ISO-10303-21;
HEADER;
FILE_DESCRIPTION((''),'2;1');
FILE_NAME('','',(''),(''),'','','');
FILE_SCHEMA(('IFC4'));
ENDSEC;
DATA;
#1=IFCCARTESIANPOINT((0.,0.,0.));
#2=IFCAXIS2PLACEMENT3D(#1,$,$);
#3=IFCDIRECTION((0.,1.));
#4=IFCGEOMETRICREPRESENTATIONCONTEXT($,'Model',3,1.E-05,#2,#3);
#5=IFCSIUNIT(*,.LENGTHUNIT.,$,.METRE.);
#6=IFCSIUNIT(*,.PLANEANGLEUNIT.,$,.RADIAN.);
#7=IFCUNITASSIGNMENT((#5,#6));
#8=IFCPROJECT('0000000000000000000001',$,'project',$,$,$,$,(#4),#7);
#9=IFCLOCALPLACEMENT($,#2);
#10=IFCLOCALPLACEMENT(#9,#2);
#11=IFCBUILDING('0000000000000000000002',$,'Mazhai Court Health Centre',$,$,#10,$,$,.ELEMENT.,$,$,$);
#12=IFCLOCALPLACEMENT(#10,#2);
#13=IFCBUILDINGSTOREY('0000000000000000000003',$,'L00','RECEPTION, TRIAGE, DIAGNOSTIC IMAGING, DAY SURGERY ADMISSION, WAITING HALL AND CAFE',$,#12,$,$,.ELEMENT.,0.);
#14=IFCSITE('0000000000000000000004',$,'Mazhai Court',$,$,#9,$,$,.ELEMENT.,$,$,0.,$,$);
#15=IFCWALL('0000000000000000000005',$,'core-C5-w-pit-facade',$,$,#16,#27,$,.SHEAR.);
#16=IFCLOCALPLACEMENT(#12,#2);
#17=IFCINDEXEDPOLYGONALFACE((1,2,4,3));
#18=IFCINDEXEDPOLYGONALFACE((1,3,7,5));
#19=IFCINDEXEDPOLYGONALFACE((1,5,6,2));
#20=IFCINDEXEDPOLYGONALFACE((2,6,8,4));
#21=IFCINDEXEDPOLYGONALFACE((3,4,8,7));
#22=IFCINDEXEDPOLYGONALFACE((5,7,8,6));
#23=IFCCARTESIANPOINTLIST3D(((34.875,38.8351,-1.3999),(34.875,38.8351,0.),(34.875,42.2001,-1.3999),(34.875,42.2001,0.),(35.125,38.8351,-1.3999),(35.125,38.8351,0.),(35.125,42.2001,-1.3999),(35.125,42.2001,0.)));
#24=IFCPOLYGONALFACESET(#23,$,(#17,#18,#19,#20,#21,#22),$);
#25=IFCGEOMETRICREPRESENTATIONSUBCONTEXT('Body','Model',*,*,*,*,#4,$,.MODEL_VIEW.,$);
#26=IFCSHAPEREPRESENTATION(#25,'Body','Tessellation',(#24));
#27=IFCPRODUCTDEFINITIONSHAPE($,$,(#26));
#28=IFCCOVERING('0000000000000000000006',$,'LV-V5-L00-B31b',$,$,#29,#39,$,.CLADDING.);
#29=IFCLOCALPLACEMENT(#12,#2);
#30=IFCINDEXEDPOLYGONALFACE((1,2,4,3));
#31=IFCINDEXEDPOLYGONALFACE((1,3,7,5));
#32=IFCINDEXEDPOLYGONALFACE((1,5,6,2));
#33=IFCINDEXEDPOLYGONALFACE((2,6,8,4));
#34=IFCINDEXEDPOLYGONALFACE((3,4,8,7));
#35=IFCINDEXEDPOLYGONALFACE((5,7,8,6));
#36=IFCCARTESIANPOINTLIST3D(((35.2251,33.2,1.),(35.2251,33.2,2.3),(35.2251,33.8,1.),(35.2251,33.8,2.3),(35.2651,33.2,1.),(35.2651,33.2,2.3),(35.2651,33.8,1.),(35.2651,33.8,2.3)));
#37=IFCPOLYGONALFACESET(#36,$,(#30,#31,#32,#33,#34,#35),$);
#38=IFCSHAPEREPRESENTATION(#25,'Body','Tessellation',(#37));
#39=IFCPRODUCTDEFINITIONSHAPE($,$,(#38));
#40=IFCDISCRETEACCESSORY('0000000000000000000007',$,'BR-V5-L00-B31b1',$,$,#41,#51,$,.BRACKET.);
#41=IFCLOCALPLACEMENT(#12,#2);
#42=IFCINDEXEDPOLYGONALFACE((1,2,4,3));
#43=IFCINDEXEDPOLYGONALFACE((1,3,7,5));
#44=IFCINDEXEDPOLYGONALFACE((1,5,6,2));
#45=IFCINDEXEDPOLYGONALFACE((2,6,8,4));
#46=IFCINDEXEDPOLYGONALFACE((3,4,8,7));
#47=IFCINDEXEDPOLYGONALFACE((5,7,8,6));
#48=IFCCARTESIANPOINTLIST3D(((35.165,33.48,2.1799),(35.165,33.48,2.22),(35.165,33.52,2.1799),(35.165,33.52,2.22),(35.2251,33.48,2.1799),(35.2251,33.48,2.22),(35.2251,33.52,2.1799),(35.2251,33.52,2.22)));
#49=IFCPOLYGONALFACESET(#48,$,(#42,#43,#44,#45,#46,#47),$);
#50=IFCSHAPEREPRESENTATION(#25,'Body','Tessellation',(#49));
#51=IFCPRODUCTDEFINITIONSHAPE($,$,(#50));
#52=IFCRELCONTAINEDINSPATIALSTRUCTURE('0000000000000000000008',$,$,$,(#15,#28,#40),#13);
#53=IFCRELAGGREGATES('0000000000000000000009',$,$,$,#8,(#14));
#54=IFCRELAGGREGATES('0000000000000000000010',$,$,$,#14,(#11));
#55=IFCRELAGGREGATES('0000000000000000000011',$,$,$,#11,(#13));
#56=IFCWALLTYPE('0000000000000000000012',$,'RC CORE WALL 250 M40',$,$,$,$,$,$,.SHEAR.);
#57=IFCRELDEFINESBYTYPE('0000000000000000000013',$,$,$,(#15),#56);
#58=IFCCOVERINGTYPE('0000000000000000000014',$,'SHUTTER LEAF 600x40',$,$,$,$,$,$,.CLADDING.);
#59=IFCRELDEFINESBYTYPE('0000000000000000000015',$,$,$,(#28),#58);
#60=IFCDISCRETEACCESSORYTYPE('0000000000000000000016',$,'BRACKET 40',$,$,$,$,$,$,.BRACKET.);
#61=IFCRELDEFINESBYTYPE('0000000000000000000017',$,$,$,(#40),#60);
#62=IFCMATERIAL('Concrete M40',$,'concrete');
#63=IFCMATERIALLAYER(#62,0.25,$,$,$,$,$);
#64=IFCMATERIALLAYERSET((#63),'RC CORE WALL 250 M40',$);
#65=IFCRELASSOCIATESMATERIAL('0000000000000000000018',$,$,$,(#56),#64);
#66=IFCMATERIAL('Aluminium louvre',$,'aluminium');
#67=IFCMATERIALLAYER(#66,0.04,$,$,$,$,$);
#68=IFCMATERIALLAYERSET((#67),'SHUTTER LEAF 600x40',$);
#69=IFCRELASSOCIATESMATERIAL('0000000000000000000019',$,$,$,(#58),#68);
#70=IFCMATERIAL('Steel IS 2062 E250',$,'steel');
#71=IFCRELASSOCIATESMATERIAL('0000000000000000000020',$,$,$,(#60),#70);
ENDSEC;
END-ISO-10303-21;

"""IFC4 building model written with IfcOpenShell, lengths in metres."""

from ifc_helpers import new_model, si_unit, direction, frame, frame_2d, origin, origin_2d, place, context, subcontext, project, spatial, rectangle, extrude, material, layer, layer_set, type_object, element, save


model = new_model("IFC4")

# Units and contexts
model_context = context("Model", 3, precision=1e-05, world=origin(), true_north=direction((0.0, 1.0)))
body_context = subcontext(model_context, "Body", "Model", "MODEL_VIEW")
ifc_project = project(units=[si_unit("LENGTHUNIT", "METRE"), si_unit("PLANEANGLEUNIT", "RADIAN")], contexts=[model_context])

# Site, building, storey
site_placement = place(None, origin())
site = spatial("IfcSite", under=ifc_project, at=site_placement, Name="Mazhai Court", CompositionType="ELEMENT", RefElevation=0.0)
building_placement = place(site_placement, origin())
building = spatial("IfcBuilding", under=site, at=building_placement, Name="Mazhai Court Health Centre", CompositionType="ELEMENT")
storey_placement = place(building_placement, origin())
storey = spatial("IfcBuildingStorey", under=building, at=storey_placement, Name="L00", Description="RECEPTION, TRIAGE, DIAGNOSTIC IMAGING, DAY SURGERY ADMISSION, WAITING HALL AND CAFE", CompositionType="ELEMENT", Elevation=0.0)

# Wall
ifc_material_1 = material(Name="Concrete M40", Category="concrete")
ifc_layer_1 = layer(ifc_material_1, 0.25)
ifc_layer_set_1 = layer_set([ifc_layer_1], Name="RC CORE WALL 250 M40")
wall_type_1 = type_object("IfcWallType", Name="RC CORE WALL 250 M40", PredefinedType="SHEAR", material=ifc_layer_set_1)
wall_1_placement = place(storey_placement, frame((35.0, 38.835, -1.3999), z_axis=(0.0, 0.0, 1.0), x_axis=(0.0, 1.0, 0.0)))
element("IfcWall", 1, at=wall_1_placement, inside=storey, type_object=wall_type_1, Name="core-C5-w-pit-facade", PredefinedType="SHEAR", context=body_context, shape_type="SweptSolid", body=[
    extrude(rectangle(XDim=3.365, YDim=0.25, at=frame_2d((1.6826, 0.0))), origin(), (0.0, 0.0, 1.0), 1.3999),
])

# Covering
ifc_material_2 = material(Name="Aluminium louvre", Category="aluminium")
ifc_layer_2 = layer(ifc_material_2, 0.04)
ifc_layer_set_2 = layer_set([ifc_layer_2], Name="SHUTTER LEAF 600x40")
covering_type = type_object("IfcCoveringType", Name="SHUTTER LEAF 600x40", PredefinedType="CLADDING", material=ifc_layer_set_2)
covering_placement = place(storey_placement, frame((35.2451, 33.5, 1.0), z_axis=(0.0, 0.0, 1.0), x_axis=(0.0, 1.0, 0.0)))
element("IfcCovering", 2, at=covering_placement, inside=storey, type_object=covering_type, Name="LV-V5-L00-B31b", PredefinedType="CLADDING", context=body_context, shape_type="SweptSolid", body=[
    extrude(rectangle(XDim=0.6001, YDim=0.04, at=origin_2d()), origin(), (0.0, 0.0, 1.0), 1.3),
])

# Discrete accessory
ifc_material_3 = material(Name="Steel IS 2062 E250", Category="steel")
discrete_accessory_type = type_object("IfcDiscreteAccessoryType", Name="BRACKET 40", PredefinedType="BRACKET", material=ifc_material_3)
discrete_accessory_placement = place(storey_placement, frame((35.1951, 33.5, 2.1799), z_axis=(0.0, 0.0, 1.0), x_axis=(0.0, 1.0, 0.0)))
element("IfcDiscreteAccessory", 3, at=discrete_accessory_placement, inside=storey, type_object=discrete_accessory_type, Name="BR-V5-L00-B31b1", PredefinedType="BRACKET", context=body_context, shape_type="SweptSolid", body=[
    extrude(rectangle(XDim=0.04, YDim=0.0601, at=origin_2d()), origin(), (0.0, 0.0, 1.0), 0.04),
])

save(model, "model.ifc")
